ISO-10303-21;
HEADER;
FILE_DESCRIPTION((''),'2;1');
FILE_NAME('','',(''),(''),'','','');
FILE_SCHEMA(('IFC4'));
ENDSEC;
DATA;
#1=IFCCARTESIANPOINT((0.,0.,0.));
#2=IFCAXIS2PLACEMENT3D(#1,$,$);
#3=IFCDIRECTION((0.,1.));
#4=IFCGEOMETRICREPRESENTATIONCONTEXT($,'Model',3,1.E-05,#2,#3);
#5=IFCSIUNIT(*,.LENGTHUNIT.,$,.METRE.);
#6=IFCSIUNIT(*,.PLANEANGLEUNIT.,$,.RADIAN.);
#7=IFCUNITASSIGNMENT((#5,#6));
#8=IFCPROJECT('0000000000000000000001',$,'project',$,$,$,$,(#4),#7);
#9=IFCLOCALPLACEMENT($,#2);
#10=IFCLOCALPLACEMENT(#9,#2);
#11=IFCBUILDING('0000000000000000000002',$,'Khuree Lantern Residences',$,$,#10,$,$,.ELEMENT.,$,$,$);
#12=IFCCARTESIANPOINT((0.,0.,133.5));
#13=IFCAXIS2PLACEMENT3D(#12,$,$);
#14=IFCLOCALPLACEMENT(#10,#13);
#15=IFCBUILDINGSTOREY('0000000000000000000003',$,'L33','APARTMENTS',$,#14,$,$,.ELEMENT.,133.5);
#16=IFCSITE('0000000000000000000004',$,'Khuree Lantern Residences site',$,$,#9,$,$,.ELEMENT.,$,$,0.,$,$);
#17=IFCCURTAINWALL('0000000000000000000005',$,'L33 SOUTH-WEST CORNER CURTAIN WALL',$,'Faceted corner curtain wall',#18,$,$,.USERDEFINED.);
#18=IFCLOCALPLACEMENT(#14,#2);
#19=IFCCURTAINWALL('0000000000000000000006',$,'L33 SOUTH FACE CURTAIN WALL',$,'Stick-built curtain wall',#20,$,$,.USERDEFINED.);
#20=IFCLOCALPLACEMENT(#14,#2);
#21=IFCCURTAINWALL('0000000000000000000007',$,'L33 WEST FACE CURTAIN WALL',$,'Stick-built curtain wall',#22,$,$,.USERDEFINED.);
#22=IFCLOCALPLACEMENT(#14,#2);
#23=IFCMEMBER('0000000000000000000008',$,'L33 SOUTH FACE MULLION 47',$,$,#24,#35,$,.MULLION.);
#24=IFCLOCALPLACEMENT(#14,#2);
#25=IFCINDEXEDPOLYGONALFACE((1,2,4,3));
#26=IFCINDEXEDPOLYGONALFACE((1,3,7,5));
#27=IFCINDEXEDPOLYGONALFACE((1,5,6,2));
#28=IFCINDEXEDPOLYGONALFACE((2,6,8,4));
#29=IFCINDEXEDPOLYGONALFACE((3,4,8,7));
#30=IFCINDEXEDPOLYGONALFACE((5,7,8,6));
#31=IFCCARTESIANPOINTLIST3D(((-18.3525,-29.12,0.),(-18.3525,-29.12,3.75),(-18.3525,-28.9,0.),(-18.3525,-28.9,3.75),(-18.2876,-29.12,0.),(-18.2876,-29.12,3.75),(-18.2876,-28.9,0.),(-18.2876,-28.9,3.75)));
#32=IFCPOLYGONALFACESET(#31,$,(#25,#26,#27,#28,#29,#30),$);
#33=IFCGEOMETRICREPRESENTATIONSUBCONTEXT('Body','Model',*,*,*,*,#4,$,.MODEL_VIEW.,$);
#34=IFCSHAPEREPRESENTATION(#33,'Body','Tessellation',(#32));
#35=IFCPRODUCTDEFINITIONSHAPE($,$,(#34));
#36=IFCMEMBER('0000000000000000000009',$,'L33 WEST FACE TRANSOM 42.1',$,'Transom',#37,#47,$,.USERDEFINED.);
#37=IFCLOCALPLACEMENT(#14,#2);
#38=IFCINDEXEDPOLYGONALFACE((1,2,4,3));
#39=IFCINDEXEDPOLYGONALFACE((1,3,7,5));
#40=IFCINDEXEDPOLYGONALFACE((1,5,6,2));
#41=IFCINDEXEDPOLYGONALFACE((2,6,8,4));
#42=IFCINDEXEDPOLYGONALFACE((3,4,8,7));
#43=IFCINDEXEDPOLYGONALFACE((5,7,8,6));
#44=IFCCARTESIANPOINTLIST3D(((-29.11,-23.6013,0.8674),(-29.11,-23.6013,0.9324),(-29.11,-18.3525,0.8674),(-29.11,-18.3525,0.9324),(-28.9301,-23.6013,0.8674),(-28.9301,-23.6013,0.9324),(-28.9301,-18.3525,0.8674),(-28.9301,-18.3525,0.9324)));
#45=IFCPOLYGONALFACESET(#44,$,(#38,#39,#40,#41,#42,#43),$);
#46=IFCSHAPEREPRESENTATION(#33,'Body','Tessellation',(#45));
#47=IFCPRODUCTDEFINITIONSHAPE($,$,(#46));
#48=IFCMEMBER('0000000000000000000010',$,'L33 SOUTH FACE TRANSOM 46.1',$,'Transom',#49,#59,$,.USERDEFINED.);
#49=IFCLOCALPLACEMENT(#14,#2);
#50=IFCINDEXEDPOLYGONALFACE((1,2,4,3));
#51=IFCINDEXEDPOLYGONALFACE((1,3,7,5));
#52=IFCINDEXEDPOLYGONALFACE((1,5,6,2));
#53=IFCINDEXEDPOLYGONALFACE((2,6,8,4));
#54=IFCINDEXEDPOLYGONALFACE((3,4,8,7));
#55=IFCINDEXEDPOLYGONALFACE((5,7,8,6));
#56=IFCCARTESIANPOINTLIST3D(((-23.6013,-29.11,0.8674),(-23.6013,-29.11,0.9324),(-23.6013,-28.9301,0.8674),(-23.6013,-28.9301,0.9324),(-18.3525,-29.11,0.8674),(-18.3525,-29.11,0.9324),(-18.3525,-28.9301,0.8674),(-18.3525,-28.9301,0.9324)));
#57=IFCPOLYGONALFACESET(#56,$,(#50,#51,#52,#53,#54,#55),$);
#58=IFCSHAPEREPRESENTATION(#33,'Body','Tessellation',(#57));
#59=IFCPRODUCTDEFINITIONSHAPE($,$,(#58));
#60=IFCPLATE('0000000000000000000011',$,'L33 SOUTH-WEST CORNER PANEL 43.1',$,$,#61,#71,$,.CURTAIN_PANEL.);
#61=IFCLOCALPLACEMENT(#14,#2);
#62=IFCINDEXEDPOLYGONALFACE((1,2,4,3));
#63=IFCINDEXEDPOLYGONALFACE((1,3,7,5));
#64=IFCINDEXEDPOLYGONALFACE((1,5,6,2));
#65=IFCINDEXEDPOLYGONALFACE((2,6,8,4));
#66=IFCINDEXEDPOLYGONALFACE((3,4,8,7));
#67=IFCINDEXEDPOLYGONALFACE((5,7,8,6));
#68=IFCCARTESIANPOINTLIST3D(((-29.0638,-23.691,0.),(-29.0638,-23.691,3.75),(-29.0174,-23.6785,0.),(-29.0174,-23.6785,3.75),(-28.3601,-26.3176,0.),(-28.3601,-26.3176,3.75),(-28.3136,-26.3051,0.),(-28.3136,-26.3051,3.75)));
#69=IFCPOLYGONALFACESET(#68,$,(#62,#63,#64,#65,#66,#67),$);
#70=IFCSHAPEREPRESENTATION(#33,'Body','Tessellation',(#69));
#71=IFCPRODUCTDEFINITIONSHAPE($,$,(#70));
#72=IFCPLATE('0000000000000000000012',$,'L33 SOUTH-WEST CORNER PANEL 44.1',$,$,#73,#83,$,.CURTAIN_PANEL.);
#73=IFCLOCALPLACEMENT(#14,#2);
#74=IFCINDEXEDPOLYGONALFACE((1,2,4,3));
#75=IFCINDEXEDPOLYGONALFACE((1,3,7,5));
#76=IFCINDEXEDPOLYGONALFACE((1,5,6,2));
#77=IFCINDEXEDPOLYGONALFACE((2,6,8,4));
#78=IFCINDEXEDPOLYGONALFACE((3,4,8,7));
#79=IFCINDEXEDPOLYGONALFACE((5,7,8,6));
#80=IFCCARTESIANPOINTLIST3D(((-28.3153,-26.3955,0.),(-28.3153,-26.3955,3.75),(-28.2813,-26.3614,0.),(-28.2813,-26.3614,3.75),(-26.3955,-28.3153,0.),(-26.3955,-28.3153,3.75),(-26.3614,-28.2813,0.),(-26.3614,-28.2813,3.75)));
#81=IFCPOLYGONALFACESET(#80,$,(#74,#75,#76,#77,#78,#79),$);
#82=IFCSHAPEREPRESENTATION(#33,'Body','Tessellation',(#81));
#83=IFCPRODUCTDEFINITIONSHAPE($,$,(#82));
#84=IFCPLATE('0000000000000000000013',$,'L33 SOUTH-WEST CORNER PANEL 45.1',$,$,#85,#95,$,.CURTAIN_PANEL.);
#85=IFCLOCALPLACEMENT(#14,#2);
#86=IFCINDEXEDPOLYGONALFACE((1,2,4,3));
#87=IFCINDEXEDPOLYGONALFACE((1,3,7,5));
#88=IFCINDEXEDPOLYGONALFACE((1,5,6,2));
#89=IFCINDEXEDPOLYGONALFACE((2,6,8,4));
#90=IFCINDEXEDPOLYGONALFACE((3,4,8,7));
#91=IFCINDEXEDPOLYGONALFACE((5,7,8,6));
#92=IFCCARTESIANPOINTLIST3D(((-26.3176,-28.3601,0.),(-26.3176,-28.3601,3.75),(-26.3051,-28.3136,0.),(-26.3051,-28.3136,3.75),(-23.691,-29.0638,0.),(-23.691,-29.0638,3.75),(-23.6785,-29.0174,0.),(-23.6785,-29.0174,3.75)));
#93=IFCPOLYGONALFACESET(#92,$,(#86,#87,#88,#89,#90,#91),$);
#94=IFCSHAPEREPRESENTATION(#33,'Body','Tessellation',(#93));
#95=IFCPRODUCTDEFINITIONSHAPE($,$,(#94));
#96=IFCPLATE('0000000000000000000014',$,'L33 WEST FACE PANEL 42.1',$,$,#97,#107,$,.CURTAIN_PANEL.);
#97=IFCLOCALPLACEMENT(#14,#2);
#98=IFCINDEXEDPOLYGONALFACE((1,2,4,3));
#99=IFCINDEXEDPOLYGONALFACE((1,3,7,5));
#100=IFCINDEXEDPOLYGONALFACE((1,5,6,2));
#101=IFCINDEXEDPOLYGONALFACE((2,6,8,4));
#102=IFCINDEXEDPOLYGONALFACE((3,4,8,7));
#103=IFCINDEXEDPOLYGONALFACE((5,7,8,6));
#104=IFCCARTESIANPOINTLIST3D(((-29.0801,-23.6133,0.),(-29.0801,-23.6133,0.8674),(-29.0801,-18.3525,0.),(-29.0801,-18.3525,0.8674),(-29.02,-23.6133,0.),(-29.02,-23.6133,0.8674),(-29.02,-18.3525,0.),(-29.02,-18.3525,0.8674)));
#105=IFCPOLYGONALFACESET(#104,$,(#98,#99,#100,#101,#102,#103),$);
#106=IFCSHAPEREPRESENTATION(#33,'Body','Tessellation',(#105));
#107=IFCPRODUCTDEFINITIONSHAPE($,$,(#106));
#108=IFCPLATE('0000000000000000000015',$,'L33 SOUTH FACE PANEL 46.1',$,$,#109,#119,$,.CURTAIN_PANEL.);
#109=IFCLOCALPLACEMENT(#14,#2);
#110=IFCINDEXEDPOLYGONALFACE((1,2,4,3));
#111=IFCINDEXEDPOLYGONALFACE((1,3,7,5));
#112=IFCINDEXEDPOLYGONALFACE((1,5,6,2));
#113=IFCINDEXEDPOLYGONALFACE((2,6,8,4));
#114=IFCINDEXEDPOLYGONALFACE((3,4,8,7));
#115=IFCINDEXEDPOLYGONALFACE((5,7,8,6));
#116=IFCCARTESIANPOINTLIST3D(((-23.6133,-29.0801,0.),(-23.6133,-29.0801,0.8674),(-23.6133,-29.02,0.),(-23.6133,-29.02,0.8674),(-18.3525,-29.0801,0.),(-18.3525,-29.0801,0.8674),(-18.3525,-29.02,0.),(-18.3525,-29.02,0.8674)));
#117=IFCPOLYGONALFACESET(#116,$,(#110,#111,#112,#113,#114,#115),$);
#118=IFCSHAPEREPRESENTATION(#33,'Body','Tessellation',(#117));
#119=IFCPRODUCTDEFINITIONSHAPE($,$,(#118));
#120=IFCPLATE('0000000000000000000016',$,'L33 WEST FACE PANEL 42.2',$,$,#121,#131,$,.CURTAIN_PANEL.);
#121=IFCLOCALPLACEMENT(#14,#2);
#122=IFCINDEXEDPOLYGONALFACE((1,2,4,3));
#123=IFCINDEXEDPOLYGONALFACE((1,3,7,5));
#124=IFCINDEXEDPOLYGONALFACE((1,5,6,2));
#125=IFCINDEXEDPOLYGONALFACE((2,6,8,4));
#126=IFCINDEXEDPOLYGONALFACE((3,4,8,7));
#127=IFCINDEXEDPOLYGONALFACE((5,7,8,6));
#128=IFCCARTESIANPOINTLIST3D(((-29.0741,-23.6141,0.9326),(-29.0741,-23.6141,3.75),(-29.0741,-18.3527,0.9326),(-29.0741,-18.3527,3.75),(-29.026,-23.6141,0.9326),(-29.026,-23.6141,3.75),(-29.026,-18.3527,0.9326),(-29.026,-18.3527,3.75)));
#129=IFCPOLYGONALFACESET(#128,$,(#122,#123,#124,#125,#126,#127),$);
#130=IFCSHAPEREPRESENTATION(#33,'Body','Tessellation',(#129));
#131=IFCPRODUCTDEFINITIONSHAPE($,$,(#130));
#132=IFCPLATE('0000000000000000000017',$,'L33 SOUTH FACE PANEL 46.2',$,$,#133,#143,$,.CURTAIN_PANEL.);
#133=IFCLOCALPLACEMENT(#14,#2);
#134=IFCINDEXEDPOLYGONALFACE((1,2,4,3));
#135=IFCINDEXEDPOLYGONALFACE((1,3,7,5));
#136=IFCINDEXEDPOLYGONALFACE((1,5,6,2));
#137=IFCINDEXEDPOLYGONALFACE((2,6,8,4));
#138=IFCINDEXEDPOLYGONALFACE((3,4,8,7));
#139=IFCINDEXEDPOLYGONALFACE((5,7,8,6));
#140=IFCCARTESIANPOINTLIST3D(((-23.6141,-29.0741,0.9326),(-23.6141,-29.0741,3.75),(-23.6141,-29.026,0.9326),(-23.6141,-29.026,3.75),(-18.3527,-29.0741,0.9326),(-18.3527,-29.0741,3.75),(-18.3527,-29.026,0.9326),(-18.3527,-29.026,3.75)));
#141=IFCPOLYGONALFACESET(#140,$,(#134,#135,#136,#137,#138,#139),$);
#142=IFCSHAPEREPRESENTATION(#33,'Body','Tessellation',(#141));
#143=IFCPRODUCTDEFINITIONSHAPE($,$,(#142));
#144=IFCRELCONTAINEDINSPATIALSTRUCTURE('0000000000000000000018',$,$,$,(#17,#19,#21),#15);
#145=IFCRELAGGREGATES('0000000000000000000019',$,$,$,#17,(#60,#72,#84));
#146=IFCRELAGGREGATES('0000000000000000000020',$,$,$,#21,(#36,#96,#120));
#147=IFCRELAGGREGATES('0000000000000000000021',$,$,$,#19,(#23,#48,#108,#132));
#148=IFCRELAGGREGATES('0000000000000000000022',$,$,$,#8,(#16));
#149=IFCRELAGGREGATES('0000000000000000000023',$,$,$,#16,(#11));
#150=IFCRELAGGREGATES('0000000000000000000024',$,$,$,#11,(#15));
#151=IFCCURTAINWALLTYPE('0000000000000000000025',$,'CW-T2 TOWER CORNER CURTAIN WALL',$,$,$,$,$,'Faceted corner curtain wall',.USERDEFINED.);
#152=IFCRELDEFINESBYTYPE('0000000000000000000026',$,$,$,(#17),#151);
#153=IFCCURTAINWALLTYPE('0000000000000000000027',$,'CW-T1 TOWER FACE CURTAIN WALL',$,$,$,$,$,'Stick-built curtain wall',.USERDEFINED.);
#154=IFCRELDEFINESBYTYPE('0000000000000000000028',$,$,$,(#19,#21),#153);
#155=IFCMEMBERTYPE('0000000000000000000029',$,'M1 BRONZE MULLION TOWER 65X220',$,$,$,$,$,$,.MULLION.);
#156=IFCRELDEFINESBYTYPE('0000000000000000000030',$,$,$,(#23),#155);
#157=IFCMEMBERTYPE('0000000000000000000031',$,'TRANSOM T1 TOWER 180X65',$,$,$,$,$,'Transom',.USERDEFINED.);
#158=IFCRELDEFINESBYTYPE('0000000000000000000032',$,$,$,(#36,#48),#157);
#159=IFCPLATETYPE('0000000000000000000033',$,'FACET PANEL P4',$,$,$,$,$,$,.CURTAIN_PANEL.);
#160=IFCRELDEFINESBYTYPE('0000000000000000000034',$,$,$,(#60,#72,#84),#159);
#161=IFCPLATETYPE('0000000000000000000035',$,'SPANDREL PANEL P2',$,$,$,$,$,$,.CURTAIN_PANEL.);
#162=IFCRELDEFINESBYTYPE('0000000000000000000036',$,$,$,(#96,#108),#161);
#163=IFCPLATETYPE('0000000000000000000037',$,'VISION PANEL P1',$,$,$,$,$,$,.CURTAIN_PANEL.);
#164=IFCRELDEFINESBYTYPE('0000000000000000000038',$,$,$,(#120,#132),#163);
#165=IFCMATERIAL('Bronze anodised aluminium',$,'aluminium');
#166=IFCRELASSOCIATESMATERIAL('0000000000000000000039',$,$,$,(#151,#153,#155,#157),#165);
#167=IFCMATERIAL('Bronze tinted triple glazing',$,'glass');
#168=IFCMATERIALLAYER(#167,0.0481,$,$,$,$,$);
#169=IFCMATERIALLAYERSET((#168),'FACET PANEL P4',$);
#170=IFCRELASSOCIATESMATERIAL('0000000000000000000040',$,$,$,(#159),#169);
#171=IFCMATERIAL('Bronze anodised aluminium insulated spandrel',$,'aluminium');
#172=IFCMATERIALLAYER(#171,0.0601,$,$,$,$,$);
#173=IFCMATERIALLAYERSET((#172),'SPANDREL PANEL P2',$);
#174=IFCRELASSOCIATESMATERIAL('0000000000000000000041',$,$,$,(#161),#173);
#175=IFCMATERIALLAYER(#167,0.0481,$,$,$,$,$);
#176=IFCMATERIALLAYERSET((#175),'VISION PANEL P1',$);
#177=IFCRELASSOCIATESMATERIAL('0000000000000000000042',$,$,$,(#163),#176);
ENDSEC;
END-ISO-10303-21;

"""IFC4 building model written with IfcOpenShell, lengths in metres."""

from ifc_helpers import new_model, si_unit, direction, frame, origin, origin_2d, place, context, subcontext, project, spatial, rectangle, extrude, material, layer, layer_set, material_profile, profile_set, type_object, element, aggregate, save


model = new_model("IFC4")

# Units and contexts
model_context = context("Model", 3, precision=1e-05, world=origin(), true_north=direction((0.0, 1.0)))
body_context = subcontext(model_context, "Body", "Model", "MODEL_VIEW")
ifc_project = project(units=[si_unit("LENGTHUNIT", "METRE"), si_unit("PLANEANGLEUNIT", "RADIAN")], contexts=[model_context])

# Site, building, storey
site_placement = place(None, origin())
site = spatial("IfcSite", under=ifc_project, at=site_placement, Name="Khuree Lantern Residences site", CompositionType="ELEMENT", RefElevation=0.0)
building_placement = place(site_placement, origin())
building = spatial("IfcBuilding", under=site, at=building_placement, Name="Khuree Lantern Residences", CompositionType="ELEMENT")
storey_placement = place(building_placement, frame((0.0, 0.0, 133.5)))
storey = spatial("IfcBuildingStorey", under=building, at=storey_placement, Name="L33", Description="APARTMENTS", CompositionType="ELEMENT", Elevation=133.5)

# Curtain walls
ifc_material_1 = material(Name="Bronze anodised aluminium", Category="aluminium")
curtain_wall_type_1 = type_object("IfcCurtainWallType", Name="CW-T2 TOWER CORNER CURTAIN WALL", ElementType="Faceted corner curtain wall", PredefinedType="USERDEFINED", material=ifc_material_1)
curtain_wall_1_placement = place(storey_placement, origin())
curtain_wall_1 = element("IfcCurtainWall", 1, at=curtain_wall_1_placement, inside=storey, type_object=curtain_wall_type_1, Name="L33 SOUTH-WEST CORNER CURTAIN WALL", ObjectType="Faceted corner curtain wall", PredefinedType="USERDEFINED")
curtain_wall_type_2 = type_object("IfcCurtainWallType", Name="CW-T1 TOWER FACE CURTAIN WALL", ElementType="Stick-built curtain wall", PredefinedType="USERDEFINED", material=ifc_material_1)
curtain_wall_2_placement = place(storey_placement, origin())
curtain_wall_2 = element("IfcCurtainWall", 2, at=curtain_wall_2_placement, inside=storey, type_object=curtain_wall_type_2, Name="L33 SOUTH FACE CURTAIN WALL", ObjectType="Stick-built curtain wall", PredefinedType="USERDEFINED")

# Curtain wall
curtain_wall_3_placement = place(storey_placement, origin())
curtain_wall_3 = element("IfcCurtainWall", 3, at=curtain_wall_3_placement, inside=storey, type_object=curtain_wall_type_2, Name="L33 WEST FACE CURTAIN WALL", ObjectType="Stick-built curtain wall", PredefinedType="USERDEFINED")
ifc_material_profile_1 = material_profile(ifc_material_1, rectangle(XDim=0.0649, YDim=0.22, at=origin_2d()), Name="M1 65X220")
ifc_profile_set_1 = profile_set([ifc_material_profile_1], Name="Bronze anodised aluminium")
member_type_1 = type_object("IfcMemberType", Name="M1 BRONZE MULLION TOWER 65X220", PredefinedType="MULLION", material=ifc_profile_set_1)

# Members
member_1_placement = place(storey_placement, frame((-18.3201, -29.01, 0.0), z_axis=(0.0, 0.0, 1.0), x_axis=(1.0, 0.0, 0.0)))
member_1 = element("IfcMember", 4, at=member_1_placement, type_object=member_type_1, Name="L33 SOUTH FACE MULLION 47", PredefinedType="MULLION", context=body_context, shape_type="SweptSolid", body=[
    extrude(rectangle(XDim=0.0649, YDim=0.22, at=origin_2d()), origin(), (0.0, 0.0, 1.0), 3.75),
])
ifc_material_profile_2 = material_profile(ifc_material_1, rectangle(XDim=0.1799, YDim=0.0649, at=origin_2d()), Name="T1 180X65")
ifc_profile_set_2 = profile_set([ifc_material_profile_2], Name="Bronze anodised aluminium")
member_type_2 = type_object("IfcMemberType", Name="TRANSOM T1 TOWER 180X65", ElementType="Transom", PredefinedType="USERDEFINED", material=ifc_profile_set_2)
member_2_placement = place(storey_placement, frame((-29.02, -18.3525, 0.8999), z_axis=(0.0, -1.0, 0.0), x_axis=(1.0, 0.0, 0.0)))
member_2 = element("IfcMember", 5, at=member_2_placement, type_object=member_type_2, Name="L33 WEST FACE TRANSOM 42.1", ObjectType="Transom", PredefinedType="USERDEFINED", context=body_context, shape_type="SweptSolid", body=[
    extrude(rectangle(XDim=0.1799, YDim=0.0649, at=origin_2d()), origin(), (0.0, 0.0, 1.0), 5.2488),
])
member_3_placement = place(storey_placement, frame((-23.6013, -29.02, 0.8999), z_axis=(1.0, 0.0, 0.0), x_axis=(0.0, 1.0, 0.0)))
member_3 = element("IfcMember", 6, at=member_3_placement, type_object=member_type_2, Name="L33 SOUTH FACE TRANSOM 46.1", ObjectType="Transom", PredefinedType="USERDEFINED", context=body_context, shape_type="SweptSolid", body=[
    extrude(rectangle(XDim=0.1799, YDim=0.0649, at=origin_2d()), origin(), (0.0, 0.0, 1.0), 5.2488),
])

# Plates
ifc_material_2 = material(Name="Bronze tinted triple glazing", Category="glass")
ifc_layer_1 = layer(ifc_material_2, 0.0481)
ifc_layer_set_1 = layer_set([ifc_layer_1], Name="FACET PANEL P4")
plate_type_1 = type_object("IfcPlateType", Name="FACET PANEL P4", PredefinedType="CURTAIN_PANEL", material=ifc_layer_set_1)
plate_1_placement = place(storey_placement, frame((-28.6887, -24.998, 0.0), z_axis=(0.0, 0.0, 1.0), x_axis=(0.258819, -0.965926, 0.0)))
plate_1 = element("IfcPlate", 7, at=plate_1_placement, type_object=plate_type_1, Name="L33 SOUTH-WEST CORNER PANEL 43.1", PredefinedType="CURTAIN_PANEL", context=body_context, shape_type="SweptSolid", body=[
    extrude(rectangle(XDim=2.7192, YDim=0.0481, at=origin_2d()), origin(), (0.0, 0.0, 1.0), 3.75),
])
plate_2_placement = place(storey_placement, frame((-27.3384, -27.3384, 0.0), z_axis=(0.0, 0.0, 1.0), x_axis=(0.707107, -0.707107, 0.0)))
plate_2 = element("IfcPlate", 8, at=plate_2_placement, type_object=plate_type_1, Name="L33 SOUTH-WEST CORNER PANEL 44.1", PredefinedType="CURTAIN_PANEL", context=body_context, shape_type="SweptSolid", body=[
    extrude(rectangle(XDim=2.7151, YDim=0.0481, at=origin_2d()), origin(), (0.0, 0.0, 1.0), 3.75),
])
plate_3_placement = place(storey_placement, frame((-24.998, -28.6887, 0.0), z_axis=(0.0, 0.0, 1.0), x_axis=(0.965926, -0.258819, 0.0)))
plate_3 = element("IfcPlate", 9, at=plate_3_placement, type_object=plate_type_1, Name="L33 SOUTH-WEST CORNER PANEL 45.1", PredefinedType="CURTAIN_PANEL", context=body_context, shape_type="SweptSolid", body=[
    extrude(rectangle(XDim=2.7192, YDim=0.0481, at=origin_2d()), origin(), (0.0, 0.0, 1.0), 3.75),
])
aggregate(curtain_wall_1, [plate_1, plate_2, plate_3])
ifc_material_3 = material(Name="Bronze anodised aluminium insulated spandrel", Category="aluminium")
ifc_layer_2 = layer(ifc_material_3, 0.0601)
ifc_layer_set_2 = layer_set([ifc_layer_2], Name="SPANDREL PANEL P2")
plate_type_2 = type_object("IfcPlateType", Name="SPANDREL PANEL P2", PredefinedType="CURTAIN_PANEL", material=ifc_layer_set_2)
plate_4_placement = place(storey_placement, frame((-29.05, -20.9829, 0.0), z_axis=(0.0, 0.0, 1.0), x_axis=(0.0, -1.0, 0.0)))
plate_4 = element("IfcPlate", 10, at=plate_4_placement, type_object=plate_type_2, Name="L33 WEST FACE PANEL 42.1", PredefinedType="CURTAIN_PANEL", context=body_context, shape_type="SweptSolid", body=[
    extrude(rectangle(XDim=5.2607, YDim=0.0601, at=origin_2d()), origin(), (0.0, 0.0, 1.0), 0.8674),
])
plate_5_placement = place(storey_placement, frame((-20.9829, -29.05, 0.0), z_axis=(0.0, 0.0, 1.0), x_axis=(1.0, 0.0, 0.0)))
plate_5 = element("IfcPlate", 11, at=plate_5_placement, type_object=plate_type_2, Name="L33 SOUTH FACE PANEL 46.1", PredefinedType="CURTAIN_PANEL", context=body_context, shape_type="SweptSolid", body=[
    extrude(rectangle(XDim=5.2607, YDim=0.0601, at=origin_2d()), origin(), (0.0, 0.0, 1.0), 0.8674),
])
ifc_layer_3 = layer(ifc_material_2, 0.0481)
ifc_layer_set_3 = layer_set([ifc_layer_3], Name="VISION PANEL P1")
plate_type_3 = type_object("IfcPlateType", Name="VISION PANEL P1", PredefinedType="CURTAIN_PANEL", material=ifc_layer_set_3)
plate_6_placement = place(storey_placement, frame((-29.05, -20.9834, 0.9326), z_axis=(0.0, 0.0, 1.0), x_axis=(0.0, -1.0, 0.0)))
plate_6 = element("IfcPlate", 12, at=plate_6_placement, type_object=plate_type_3, Name="L33 WEST FACE PANEL 42.2", PredefinedType="CURTAIN_PANEL", context=body_context, shape_type="SweptSolid", body=[
    extrude(rectangle(XDim=5.2615, YDim=0.0481, at=origin_2d()), origin(), (0.0, 0.0, 1.0), 2.8174),
])
aggregate(curtain_wall_3, [member_2, plate_4, plate_6])
plate_7_placement = place(storey_placement, frame((-20.9834, -29.05, 0.9326), z_axis=(0.0, 0.0, 1.0), x_axis=(1.0, 0.0, 0.0)))
plate_7 = element("IfcPlate", 13, at=plate_7_placement, type_object=plate_type_3, Name="L33 SOUTH FACE PANEL 46.2", PredefinedType="CURTAIN_PANEL", context=body_context, shape_type="SweptSolid", body=[
    extrude(rectangle(XDim=5.2615, YDim=0.0481, at=origin_2d()), origin(), (0.0, 0.0, 1.0), 2.8174),
])
aggregate(curtain_wall_2, [member_1, member_3, plate_5, plate_7])

save(model, "model.ifc")
